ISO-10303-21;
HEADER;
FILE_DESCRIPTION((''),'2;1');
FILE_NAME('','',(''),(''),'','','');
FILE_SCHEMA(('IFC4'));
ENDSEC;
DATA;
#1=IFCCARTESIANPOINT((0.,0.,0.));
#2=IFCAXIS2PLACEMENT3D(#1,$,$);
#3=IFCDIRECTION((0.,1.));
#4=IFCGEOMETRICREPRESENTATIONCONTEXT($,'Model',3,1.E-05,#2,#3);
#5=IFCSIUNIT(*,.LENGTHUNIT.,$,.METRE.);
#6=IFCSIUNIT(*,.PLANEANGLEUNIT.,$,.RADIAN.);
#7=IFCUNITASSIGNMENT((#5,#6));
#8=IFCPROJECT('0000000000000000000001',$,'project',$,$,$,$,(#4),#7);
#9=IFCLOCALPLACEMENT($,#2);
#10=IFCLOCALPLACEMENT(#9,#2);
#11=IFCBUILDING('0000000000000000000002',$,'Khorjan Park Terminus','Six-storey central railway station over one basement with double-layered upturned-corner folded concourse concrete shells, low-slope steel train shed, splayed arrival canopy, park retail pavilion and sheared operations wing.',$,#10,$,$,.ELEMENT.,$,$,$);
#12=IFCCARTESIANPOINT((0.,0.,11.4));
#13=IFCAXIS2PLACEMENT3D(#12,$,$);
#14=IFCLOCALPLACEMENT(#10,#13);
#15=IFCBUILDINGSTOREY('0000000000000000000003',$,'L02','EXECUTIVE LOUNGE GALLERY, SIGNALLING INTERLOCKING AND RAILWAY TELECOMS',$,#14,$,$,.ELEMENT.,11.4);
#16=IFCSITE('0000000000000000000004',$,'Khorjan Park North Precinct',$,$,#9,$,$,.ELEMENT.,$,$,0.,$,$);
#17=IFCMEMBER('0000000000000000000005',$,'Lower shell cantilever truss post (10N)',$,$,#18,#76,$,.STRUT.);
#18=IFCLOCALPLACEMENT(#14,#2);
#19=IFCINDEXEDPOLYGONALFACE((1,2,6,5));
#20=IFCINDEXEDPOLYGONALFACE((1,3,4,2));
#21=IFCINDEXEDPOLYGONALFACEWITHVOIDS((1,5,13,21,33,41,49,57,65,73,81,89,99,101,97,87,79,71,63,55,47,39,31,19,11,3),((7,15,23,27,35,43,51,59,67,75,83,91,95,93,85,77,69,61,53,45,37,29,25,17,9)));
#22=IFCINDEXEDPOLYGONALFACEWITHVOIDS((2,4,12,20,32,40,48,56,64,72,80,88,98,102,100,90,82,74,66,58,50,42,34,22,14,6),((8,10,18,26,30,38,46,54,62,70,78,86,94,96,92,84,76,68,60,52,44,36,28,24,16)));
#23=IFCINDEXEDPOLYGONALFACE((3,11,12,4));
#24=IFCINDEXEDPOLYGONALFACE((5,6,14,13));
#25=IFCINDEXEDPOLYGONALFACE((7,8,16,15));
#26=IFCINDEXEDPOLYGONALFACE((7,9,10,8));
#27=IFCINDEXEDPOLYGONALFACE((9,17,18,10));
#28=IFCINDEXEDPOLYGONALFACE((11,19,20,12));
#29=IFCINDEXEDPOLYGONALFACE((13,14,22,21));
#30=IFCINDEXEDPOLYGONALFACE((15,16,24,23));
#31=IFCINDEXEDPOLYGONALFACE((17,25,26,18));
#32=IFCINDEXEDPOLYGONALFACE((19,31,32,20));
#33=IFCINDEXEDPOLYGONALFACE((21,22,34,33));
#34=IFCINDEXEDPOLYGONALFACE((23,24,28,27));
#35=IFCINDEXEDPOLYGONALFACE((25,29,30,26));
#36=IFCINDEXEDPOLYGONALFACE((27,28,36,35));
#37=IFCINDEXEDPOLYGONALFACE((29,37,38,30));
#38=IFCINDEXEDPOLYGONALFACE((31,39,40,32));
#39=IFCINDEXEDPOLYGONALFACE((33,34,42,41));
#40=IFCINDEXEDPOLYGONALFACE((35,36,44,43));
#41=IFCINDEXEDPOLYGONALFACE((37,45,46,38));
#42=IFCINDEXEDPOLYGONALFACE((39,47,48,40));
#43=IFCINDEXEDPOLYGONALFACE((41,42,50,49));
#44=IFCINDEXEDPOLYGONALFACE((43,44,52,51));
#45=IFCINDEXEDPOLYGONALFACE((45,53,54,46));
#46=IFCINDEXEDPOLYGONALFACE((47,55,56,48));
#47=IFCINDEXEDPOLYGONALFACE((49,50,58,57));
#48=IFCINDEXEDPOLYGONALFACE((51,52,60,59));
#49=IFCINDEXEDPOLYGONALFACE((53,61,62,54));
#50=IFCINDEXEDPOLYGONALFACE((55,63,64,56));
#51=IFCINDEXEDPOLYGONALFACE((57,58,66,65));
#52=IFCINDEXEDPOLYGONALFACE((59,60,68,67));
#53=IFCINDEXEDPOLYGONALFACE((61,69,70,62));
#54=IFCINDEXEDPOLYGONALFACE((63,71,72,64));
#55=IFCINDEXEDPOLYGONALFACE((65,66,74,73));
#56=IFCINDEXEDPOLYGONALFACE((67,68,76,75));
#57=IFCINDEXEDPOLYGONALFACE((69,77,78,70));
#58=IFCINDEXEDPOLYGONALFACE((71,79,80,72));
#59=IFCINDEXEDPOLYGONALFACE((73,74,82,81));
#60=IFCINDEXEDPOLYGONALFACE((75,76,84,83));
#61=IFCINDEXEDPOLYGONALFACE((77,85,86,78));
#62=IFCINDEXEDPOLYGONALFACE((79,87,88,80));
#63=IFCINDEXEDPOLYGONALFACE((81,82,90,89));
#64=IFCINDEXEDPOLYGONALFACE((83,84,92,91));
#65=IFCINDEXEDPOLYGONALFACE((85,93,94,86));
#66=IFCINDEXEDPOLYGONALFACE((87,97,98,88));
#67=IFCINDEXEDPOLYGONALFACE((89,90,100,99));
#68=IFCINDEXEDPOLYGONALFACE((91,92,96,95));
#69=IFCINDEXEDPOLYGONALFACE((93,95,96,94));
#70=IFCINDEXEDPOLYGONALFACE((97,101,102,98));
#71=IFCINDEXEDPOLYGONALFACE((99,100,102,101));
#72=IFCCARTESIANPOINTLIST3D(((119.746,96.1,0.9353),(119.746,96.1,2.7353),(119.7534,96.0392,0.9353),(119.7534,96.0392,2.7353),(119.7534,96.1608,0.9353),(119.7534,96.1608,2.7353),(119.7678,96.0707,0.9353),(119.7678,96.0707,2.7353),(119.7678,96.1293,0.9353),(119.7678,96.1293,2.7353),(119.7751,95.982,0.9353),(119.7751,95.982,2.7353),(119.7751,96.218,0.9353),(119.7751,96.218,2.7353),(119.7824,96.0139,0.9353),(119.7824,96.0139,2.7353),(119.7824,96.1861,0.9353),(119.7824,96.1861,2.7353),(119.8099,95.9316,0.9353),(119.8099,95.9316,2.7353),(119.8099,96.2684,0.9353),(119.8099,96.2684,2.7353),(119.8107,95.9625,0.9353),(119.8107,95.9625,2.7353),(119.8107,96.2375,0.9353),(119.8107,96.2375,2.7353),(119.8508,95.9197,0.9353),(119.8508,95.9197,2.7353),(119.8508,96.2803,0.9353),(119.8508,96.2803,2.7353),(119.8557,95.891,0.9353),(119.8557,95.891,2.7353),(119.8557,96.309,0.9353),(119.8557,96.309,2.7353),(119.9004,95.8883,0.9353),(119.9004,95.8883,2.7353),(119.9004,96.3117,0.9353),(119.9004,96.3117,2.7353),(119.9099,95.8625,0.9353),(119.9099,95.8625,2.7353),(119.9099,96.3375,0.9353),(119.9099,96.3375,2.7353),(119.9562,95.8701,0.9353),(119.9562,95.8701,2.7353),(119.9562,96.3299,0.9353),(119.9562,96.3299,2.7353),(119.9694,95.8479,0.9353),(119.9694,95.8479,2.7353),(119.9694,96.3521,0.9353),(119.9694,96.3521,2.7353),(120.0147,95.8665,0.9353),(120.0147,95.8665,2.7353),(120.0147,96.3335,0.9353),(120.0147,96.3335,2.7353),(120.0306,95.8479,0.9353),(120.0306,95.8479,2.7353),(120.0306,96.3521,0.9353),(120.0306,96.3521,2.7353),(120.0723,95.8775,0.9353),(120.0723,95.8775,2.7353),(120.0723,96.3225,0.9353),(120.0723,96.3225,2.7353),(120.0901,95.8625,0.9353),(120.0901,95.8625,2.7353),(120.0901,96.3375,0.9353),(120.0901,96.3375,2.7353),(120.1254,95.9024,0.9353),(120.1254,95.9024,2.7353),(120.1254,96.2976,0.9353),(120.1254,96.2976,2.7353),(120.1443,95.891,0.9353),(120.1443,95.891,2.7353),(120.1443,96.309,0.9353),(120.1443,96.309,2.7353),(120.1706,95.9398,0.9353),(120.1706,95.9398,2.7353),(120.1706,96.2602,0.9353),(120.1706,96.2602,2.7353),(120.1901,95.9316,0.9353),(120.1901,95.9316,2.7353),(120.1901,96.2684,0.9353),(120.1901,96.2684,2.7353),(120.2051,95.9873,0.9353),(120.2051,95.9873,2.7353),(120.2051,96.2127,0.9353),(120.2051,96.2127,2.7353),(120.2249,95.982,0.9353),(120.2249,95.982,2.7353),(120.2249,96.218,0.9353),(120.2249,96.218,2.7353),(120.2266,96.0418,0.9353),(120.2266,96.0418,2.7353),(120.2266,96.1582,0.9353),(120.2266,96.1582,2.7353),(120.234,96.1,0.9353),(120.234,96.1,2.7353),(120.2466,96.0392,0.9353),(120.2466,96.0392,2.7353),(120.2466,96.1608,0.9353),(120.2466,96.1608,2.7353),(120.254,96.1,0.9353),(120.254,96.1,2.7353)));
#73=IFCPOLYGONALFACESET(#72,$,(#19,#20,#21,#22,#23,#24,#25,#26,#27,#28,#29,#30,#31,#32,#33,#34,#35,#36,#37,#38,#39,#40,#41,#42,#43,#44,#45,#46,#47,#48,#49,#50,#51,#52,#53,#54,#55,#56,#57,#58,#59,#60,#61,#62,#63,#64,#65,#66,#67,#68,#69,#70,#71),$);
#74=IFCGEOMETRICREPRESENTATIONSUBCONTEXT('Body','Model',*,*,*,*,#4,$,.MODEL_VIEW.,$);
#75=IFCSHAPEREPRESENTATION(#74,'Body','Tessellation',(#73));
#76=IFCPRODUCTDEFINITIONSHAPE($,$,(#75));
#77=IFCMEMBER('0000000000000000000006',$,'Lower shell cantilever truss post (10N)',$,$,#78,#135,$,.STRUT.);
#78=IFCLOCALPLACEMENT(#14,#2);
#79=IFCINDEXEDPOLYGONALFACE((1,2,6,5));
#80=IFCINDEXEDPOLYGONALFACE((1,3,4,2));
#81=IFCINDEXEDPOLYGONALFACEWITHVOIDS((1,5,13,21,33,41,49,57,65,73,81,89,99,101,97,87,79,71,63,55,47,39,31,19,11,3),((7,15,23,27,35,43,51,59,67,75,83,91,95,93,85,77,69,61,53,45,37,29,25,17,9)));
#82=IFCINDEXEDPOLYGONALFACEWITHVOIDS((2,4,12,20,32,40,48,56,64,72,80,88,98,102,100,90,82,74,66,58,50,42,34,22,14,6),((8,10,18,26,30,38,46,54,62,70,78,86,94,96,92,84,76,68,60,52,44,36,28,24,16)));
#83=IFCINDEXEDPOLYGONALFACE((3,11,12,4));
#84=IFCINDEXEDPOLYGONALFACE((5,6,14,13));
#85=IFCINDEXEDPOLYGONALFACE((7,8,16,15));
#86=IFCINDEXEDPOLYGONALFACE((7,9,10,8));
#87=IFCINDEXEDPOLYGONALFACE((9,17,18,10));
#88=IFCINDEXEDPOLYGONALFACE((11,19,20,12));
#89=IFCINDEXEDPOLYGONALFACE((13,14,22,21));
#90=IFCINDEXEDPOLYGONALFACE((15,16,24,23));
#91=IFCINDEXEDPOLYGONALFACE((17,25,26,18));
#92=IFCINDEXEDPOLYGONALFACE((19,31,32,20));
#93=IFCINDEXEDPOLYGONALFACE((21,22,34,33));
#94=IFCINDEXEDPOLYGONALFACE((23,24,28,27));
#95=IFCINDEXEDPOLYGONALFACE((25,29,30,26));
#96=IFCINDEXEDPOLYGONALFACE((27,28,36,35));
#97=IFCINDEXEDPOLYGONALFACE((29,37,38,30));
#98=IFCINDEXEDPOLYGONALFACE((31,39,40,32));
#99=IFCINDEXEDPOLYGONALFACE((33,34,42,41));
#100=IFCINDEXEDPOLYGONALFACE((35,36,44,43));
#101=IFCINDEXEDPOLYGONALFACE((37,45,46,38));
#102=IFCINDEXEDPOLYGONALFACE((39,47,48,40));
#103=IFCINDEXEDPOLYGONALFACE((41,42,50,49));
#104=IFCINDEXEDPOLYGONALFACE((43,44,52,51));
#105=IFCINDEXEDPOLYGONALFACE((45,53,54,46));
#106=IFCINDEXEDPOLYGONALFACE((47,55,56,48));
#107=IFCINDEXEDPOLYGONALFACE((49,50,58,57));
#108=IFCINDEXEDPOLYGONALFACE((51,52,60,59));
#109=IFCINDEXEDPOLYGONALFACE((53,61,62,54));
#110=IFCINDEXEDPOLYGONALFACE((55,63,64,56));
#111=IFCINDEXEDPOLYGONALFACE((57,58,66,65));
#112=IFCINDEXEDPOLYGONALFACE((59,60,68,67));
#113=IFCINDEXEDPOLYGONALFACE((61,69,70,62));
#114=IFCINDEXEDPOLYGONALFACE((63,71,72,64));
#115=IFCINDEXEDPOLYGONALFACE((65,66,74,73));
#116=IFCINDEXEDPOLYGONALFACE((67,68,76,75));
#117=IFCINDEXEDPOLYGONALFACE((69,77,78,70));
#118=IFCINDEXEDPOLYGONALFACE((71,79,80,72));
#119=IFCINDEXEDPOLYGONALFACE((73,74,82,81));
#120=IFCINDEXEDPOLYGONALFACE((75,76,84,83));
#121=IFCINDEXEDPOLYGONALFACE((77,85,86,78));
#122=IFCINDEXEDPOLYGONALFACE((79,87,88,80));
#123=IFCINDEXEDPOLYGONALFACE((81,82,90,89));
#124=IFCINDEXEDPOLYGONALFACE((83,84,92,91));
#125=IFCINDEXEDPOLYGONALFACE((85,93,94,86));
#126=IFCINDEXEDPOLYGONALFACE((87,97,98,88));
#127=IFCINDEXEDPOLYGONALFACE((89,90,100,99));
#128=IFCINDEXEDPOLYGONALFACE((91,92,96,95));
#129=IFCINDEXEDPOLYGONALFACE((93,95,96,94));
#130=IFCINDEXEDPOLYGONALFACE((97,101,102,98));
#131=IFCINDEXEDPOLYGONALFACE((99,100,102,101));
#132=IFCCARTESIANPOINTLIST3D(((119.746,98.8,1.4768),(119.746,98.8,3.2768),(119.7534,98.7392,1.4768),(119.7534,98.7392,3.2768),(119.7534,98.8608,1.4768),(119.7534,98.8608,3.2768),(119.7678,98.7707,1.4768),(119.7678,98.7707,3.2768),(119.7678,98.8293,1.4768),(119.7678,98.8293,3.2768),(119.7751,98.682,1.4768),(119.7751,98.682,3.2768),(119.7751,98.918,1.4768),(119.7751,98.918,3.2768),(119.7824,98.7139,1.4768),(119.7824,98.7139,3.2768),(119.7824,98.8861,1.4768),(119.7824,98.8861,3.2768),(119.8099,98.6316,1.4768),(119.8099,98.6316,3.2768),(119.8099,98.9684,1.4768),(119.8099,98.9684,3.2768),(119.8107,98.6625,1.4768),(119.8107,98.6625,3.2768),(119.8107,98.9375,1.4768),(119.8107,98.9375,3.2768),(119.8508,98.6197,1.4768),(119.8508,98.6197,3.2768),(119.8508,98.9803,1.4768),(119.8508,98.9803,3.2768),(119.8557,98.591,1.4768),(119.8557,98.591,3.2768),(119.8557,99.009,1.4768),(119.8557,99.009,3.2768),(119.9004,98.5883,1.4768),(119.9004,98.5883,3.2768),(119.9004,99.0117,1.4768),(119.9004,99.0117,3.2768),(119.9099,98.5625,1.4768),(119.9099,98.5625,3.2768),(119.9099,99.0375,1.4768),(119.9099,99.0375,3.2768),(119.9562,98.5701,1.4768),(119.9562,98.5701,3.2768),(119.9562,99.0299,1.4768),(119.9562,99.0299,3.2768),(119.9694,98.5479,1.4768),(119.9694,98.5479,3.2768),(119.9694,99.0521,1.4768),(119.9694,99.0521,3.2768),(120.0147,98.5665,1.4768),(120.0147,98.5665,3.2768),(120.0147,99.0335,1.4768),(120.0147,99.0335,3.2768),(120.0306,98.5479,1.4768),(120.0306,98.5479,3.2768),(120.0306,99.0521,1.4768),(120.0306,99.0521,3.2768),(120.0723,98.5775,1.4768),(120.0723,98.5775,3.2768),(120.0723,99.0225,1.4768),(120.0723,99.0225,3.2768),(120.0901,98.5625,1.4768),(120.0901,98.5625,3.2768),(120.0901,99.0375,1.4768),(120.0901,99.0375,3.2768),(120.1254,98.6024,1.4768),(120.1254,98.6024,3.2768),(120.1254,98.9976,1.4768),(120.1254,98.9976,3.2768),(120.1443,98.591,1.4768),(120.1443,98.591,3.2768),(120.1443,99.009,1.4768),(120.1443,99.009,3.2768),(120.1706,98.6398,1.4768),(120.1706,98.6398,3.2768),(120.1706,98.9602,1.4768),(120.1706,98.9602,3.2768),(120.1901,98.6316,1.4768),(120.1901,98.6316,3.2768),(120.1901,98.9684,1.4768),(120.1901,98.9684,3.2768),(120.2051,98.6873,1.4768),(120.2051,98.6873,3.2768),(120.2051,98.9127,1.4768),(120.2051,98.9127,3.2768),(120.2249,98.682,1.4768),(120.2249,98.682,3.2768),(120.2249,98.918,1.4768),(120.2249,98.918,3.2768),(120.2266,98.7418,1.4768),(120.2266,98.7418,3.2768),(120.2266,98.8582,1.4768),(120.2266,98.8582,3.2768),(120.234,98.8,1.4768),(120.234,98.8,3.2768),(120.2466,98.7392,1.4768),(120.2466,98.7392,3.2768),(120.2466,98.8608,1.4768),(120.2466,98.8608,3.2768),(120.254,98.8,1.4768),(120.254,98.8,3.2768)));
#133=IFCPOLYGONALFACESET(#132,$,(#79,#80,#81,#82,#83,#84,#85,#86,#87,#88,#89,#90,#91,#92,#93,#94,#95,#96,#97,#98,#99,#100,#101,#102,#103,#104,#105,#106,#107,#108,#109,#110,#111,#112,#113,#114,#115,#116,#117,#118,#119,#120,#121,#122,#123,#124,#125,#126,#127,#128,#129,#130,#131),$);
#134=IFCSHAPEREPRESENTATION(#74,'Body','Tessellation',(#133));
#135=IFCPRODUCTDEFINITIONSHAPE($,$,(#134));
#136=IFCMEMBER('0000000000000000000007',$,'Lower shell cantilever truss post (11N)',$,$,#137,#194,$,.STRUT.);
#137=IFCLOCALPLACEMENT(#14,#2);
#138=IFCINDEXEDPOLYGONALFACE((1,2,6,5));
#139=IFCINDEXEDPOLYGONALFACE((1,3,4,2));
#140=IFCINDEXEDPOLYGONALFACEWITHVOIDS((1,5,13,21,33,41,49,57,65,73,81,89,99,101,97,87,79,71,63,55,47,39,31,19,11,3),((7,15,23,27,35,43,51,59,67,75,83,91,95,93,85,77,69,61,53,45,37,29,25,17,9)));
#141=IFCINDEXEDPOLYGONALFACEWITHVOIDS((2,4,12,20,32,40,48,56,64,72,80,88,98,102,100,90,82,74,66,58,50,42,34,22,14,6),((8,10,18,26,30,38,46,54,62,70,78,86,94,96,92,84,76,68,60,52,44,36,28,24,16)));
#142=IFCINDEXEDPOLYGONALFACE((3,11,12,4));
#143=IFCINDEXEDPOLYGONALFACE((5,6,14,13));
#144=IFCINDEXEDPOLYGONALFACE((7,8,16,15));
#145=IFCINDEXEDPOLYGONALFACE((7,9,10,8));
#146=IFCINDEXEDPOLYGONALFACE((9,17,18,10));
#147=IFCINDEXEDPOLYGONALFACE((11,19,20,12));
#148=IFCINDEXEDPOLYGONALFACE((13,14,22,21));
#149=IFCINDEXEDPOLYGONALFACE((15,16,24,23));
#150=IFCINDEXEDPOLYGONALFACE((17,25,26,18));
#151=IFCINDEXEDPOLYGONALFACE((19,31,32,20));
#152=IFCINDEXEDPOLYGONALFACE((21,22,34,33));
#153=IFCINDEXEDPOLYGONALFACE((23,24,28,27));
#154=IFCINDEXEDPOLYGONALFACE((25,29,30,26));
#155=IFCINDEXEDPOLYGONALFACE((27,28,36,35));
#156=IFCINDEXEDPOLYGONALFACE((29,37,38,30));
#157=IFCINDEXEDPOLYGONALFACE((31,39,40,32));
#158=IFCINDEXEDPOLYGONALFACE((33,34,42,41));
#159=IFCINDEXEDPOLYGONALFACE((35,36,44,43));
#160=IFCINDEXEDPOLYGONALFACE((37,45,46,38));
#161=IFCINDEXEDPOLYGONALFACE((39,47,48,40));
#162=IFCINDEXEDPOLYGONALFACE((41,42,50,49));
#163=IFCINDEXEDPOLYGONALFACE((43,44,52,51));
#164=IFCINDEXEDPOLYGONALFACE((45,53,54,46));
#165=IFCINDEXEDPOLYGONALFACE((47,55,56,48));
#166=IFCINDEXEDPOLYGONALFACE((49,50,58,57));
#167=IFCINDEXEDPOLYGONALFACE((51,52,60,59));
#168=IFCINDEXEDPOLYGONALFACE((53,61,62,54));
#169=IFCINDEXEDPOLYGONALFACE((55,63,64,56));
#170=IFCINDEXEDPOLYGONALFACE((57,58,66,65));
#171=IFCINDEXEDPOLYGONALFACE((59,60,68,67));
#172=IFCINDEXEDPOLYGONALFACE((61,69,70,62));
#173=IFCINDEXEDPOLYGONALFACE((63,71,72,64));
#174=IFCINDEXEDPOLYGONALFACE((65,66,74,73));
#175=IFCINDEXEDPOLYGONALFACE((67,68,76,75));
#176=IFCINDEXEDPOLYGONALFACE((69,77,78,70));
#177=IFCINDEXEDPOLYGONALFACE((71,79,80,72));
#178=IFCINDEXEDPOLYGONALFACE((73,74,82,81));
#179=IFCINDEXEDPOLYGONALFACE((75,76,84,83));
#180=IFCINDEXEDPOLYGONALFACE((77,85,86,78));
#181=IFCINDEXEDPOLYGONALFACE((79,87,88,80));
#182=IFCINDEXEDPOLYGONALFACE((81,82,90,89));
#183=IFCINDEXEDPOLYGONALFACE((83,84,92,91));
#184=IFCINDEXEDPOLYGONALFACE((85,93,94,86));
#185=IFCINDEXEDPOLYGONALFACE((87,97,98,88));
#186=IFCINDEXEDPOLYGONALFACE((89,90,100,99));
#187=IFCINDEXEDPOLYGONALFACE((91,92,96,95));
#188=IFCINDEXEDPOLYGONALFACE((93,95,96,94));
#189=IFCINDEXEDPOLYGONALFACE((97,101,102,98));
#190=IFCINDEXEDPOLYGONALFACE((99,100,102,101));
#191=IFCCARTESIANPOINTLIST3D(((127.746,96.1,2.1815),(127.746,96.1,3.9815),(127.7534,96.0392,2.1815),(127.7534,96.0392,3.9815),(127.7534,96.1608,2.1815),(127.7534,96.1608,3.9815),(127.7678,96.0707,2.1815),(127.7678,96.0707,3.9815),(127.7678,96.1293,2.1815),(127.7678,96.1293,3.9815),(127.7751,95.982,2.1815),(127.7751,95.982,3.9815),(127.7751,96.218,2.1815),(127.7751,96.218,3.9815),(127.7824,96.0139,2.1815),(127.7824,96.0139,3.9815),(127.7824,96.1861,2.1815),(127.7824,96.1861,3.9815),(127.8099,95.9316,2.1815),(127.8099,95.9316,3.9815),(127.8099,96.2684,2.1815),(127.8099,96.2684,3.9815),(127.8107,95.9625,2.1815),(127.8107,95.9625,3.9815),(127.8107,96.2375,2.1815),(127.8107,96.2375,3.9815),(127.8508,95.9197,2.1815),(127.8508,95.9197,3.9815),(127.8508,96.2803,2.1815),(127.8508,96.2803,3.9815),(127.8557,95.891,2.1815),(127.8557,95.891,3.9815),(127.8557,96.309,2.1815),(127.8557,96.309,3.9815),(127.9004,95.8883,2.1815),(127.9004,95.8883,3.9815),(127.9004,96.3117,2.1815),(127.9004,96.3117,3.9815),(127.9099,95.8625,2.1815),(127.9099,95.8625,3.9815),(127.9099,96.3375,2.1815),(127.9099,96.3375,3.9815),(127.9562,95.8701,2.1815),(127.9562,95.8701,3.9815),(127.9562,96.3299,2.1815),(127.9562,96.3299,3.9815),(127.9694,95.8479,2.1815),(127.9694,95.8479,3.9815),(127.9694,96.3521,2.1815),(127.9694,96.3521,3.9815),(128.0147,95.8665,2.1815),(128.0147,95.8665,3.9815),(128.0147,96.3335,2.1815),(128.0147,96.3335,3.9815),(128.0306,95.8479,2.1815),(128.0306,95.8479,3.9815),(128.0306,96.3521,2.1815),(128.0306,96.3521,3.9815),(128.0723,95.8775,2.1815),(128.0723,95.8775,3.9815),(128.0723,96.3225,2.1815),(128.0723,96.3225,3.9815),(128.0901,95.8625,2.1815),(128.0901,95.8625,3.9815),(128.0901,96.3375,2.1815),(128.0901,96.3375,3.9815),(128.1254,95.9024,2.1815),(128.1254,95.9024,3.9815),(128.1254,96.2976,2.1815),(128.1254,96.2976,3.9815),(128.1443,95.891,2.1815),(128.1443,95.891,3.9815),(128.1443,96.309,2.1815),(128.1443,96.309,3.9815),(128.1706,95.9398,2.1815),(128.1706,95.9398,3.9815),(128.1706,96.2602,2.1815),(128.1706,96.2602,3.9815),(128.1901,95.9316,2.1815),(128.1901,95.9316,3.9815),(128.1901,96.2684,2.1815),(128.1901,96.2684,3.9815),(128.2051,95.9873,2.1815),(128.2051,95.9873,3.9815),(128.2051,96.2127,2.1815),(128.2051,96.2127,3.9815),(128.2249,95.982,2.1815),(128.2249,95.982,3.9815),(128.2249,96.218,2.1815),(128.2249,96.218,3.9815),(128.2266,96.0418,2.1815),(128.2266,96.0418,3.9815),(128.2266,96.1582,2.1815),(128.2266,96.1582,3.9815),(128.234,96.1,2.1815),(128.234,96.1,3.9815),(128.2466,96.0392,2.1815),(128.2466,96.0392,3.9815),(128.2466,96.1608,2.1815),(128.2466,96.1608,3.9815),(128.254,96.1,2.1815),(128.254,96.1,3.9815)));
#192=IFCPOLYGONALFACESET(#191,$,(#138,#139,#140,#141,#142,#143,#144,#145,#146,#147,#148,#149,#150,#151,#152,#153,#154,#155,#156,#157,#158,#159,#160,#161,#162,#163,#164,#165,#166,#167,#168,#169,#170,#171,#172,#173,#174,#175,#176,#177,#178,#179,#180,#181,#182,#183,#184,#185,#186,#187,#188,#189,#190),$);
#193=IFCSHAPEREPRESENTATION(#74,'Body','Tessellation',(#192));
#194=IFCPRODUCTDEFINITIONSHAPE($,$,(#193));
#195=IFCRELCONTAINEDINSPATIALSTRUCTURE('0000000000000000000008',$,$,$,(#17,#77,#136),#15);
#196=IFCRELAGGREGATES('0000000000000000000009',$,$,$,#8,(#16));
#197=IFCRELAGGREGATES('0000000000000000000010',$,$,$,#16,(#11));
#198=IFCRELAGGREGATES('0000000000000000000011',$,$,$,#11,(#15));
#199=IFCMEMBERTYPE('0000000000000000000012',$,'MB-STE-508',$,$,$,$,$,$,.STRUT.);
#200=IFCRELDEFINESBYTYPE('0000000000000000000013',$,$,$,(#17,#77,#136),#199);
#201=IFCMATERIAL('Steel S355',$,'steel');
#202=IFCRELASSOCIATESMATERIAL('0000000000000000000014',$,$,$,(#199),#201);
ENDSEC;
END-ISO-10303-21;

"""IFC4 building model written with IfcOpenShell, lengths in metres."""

from ifc_helpers import new_model, si_unit, direction, frame, origin, origin_2d, place, context, subcontext, project, spatial, hollow_circle, extrude, material, material_profile, profile_set, type_object, element, save


model = new_model("IFC4")

# Units and contexts
model_context = context("Model", 3, precision=1e-05, world=origin(), true_north=direction((0.0, 1.0)))
body_context = subcontext(model_context, "Body", "Model", "MODEL_VIEW")
ifc_project = project(units=[si_unit("LENGTHUNIT", "METRE"), si_unit("PLANEANGLEUNIT", "RADIAN")], contexts=[model_context])

# Site, building, storey
site_placement = place(None, origin())
site = spatial("IfcSite", under=ifc_project, at=site_placement, Name="Khorjan Park North Precinct", CompositionType="ELEMENT", RefElevation=0.0)
building_placement = place(site_placement, origin())
building = spatial("IfcBuilding", under=site, at=building_placement, Name="Khorjan Park Terminus", Description="Six-storey central railway station over one basement with double-layered upturned-corner folded concourse concrete shells, low-slope steel train shed, splayed arrival canopy, park retail pavilion and sheared operations wing.", CompositionType="ELEMENT")
storey_placement = place(building_placement, frame((0.0, 0.0, 11.4)))
storey = spatial("IfcBuildingStorey", under=building, at=storey_placement, Name="L02", Description="EXECUTIVE LOUNGE GALLERY, SIGNALLING INTERLOCKING AND RAILWAY TELECOMS", CompositionType="ELEMENT", Elevation=11.4)

# Shared definitions
ifc_material = material(Name="Steel S355", Category="steel")

# Members
ifc_material_profile_1 = material_profile(ifc_material, hollow_circle(Radius=0.254, WallThickness=0.02, at=origin_2d()), Name="CHS 508x20")
ifc_profile_set_1 = profile_set([ifc_material_profile_1], Name="Steel S355")
member_type_1 = type_object("IfcMemberType", Name="MB-STE-508", PredefinedType="STRUT", material=ifc_profile_set_1)
for number, where, z_axis, x_axis, name in (
    (1, (120.0, 96.1, 0.9353), (0.0, 0.0, 1.0), (1.0, 0.0, 0.0), "Lower shell cantilever truss post (10N)"),
    (2, (120.0, 98.8, 1.4768), (0.0, 0.0, 1.0), (1.0, 0.0, 0.0), "Lower shell cantilever truss post (10N)"),
    (3, (128.0, 96.1, 2.1815), (0.0, 0.0, 1.0), (1.0, 0.0, 0.0), "Lower shell cantilever truss post (11N)"),
):
    element("IfcMember", number, at=place(storey_placement, frame(where, z_axis=z_axis, x_axis=x_axis)), inside=storey, type_object=member_type_1, Name=name, PredefinedType="STRUT", context=body_context, shape_type="SweptSolid", body=[
        extrude(hollow_circle(Radius=0.254, WallThickness=0.02, at=origin_2d()), origin(), (0.0, 0.0, 1.0), 1.8),
    ])

save(model, "model.ifc")
